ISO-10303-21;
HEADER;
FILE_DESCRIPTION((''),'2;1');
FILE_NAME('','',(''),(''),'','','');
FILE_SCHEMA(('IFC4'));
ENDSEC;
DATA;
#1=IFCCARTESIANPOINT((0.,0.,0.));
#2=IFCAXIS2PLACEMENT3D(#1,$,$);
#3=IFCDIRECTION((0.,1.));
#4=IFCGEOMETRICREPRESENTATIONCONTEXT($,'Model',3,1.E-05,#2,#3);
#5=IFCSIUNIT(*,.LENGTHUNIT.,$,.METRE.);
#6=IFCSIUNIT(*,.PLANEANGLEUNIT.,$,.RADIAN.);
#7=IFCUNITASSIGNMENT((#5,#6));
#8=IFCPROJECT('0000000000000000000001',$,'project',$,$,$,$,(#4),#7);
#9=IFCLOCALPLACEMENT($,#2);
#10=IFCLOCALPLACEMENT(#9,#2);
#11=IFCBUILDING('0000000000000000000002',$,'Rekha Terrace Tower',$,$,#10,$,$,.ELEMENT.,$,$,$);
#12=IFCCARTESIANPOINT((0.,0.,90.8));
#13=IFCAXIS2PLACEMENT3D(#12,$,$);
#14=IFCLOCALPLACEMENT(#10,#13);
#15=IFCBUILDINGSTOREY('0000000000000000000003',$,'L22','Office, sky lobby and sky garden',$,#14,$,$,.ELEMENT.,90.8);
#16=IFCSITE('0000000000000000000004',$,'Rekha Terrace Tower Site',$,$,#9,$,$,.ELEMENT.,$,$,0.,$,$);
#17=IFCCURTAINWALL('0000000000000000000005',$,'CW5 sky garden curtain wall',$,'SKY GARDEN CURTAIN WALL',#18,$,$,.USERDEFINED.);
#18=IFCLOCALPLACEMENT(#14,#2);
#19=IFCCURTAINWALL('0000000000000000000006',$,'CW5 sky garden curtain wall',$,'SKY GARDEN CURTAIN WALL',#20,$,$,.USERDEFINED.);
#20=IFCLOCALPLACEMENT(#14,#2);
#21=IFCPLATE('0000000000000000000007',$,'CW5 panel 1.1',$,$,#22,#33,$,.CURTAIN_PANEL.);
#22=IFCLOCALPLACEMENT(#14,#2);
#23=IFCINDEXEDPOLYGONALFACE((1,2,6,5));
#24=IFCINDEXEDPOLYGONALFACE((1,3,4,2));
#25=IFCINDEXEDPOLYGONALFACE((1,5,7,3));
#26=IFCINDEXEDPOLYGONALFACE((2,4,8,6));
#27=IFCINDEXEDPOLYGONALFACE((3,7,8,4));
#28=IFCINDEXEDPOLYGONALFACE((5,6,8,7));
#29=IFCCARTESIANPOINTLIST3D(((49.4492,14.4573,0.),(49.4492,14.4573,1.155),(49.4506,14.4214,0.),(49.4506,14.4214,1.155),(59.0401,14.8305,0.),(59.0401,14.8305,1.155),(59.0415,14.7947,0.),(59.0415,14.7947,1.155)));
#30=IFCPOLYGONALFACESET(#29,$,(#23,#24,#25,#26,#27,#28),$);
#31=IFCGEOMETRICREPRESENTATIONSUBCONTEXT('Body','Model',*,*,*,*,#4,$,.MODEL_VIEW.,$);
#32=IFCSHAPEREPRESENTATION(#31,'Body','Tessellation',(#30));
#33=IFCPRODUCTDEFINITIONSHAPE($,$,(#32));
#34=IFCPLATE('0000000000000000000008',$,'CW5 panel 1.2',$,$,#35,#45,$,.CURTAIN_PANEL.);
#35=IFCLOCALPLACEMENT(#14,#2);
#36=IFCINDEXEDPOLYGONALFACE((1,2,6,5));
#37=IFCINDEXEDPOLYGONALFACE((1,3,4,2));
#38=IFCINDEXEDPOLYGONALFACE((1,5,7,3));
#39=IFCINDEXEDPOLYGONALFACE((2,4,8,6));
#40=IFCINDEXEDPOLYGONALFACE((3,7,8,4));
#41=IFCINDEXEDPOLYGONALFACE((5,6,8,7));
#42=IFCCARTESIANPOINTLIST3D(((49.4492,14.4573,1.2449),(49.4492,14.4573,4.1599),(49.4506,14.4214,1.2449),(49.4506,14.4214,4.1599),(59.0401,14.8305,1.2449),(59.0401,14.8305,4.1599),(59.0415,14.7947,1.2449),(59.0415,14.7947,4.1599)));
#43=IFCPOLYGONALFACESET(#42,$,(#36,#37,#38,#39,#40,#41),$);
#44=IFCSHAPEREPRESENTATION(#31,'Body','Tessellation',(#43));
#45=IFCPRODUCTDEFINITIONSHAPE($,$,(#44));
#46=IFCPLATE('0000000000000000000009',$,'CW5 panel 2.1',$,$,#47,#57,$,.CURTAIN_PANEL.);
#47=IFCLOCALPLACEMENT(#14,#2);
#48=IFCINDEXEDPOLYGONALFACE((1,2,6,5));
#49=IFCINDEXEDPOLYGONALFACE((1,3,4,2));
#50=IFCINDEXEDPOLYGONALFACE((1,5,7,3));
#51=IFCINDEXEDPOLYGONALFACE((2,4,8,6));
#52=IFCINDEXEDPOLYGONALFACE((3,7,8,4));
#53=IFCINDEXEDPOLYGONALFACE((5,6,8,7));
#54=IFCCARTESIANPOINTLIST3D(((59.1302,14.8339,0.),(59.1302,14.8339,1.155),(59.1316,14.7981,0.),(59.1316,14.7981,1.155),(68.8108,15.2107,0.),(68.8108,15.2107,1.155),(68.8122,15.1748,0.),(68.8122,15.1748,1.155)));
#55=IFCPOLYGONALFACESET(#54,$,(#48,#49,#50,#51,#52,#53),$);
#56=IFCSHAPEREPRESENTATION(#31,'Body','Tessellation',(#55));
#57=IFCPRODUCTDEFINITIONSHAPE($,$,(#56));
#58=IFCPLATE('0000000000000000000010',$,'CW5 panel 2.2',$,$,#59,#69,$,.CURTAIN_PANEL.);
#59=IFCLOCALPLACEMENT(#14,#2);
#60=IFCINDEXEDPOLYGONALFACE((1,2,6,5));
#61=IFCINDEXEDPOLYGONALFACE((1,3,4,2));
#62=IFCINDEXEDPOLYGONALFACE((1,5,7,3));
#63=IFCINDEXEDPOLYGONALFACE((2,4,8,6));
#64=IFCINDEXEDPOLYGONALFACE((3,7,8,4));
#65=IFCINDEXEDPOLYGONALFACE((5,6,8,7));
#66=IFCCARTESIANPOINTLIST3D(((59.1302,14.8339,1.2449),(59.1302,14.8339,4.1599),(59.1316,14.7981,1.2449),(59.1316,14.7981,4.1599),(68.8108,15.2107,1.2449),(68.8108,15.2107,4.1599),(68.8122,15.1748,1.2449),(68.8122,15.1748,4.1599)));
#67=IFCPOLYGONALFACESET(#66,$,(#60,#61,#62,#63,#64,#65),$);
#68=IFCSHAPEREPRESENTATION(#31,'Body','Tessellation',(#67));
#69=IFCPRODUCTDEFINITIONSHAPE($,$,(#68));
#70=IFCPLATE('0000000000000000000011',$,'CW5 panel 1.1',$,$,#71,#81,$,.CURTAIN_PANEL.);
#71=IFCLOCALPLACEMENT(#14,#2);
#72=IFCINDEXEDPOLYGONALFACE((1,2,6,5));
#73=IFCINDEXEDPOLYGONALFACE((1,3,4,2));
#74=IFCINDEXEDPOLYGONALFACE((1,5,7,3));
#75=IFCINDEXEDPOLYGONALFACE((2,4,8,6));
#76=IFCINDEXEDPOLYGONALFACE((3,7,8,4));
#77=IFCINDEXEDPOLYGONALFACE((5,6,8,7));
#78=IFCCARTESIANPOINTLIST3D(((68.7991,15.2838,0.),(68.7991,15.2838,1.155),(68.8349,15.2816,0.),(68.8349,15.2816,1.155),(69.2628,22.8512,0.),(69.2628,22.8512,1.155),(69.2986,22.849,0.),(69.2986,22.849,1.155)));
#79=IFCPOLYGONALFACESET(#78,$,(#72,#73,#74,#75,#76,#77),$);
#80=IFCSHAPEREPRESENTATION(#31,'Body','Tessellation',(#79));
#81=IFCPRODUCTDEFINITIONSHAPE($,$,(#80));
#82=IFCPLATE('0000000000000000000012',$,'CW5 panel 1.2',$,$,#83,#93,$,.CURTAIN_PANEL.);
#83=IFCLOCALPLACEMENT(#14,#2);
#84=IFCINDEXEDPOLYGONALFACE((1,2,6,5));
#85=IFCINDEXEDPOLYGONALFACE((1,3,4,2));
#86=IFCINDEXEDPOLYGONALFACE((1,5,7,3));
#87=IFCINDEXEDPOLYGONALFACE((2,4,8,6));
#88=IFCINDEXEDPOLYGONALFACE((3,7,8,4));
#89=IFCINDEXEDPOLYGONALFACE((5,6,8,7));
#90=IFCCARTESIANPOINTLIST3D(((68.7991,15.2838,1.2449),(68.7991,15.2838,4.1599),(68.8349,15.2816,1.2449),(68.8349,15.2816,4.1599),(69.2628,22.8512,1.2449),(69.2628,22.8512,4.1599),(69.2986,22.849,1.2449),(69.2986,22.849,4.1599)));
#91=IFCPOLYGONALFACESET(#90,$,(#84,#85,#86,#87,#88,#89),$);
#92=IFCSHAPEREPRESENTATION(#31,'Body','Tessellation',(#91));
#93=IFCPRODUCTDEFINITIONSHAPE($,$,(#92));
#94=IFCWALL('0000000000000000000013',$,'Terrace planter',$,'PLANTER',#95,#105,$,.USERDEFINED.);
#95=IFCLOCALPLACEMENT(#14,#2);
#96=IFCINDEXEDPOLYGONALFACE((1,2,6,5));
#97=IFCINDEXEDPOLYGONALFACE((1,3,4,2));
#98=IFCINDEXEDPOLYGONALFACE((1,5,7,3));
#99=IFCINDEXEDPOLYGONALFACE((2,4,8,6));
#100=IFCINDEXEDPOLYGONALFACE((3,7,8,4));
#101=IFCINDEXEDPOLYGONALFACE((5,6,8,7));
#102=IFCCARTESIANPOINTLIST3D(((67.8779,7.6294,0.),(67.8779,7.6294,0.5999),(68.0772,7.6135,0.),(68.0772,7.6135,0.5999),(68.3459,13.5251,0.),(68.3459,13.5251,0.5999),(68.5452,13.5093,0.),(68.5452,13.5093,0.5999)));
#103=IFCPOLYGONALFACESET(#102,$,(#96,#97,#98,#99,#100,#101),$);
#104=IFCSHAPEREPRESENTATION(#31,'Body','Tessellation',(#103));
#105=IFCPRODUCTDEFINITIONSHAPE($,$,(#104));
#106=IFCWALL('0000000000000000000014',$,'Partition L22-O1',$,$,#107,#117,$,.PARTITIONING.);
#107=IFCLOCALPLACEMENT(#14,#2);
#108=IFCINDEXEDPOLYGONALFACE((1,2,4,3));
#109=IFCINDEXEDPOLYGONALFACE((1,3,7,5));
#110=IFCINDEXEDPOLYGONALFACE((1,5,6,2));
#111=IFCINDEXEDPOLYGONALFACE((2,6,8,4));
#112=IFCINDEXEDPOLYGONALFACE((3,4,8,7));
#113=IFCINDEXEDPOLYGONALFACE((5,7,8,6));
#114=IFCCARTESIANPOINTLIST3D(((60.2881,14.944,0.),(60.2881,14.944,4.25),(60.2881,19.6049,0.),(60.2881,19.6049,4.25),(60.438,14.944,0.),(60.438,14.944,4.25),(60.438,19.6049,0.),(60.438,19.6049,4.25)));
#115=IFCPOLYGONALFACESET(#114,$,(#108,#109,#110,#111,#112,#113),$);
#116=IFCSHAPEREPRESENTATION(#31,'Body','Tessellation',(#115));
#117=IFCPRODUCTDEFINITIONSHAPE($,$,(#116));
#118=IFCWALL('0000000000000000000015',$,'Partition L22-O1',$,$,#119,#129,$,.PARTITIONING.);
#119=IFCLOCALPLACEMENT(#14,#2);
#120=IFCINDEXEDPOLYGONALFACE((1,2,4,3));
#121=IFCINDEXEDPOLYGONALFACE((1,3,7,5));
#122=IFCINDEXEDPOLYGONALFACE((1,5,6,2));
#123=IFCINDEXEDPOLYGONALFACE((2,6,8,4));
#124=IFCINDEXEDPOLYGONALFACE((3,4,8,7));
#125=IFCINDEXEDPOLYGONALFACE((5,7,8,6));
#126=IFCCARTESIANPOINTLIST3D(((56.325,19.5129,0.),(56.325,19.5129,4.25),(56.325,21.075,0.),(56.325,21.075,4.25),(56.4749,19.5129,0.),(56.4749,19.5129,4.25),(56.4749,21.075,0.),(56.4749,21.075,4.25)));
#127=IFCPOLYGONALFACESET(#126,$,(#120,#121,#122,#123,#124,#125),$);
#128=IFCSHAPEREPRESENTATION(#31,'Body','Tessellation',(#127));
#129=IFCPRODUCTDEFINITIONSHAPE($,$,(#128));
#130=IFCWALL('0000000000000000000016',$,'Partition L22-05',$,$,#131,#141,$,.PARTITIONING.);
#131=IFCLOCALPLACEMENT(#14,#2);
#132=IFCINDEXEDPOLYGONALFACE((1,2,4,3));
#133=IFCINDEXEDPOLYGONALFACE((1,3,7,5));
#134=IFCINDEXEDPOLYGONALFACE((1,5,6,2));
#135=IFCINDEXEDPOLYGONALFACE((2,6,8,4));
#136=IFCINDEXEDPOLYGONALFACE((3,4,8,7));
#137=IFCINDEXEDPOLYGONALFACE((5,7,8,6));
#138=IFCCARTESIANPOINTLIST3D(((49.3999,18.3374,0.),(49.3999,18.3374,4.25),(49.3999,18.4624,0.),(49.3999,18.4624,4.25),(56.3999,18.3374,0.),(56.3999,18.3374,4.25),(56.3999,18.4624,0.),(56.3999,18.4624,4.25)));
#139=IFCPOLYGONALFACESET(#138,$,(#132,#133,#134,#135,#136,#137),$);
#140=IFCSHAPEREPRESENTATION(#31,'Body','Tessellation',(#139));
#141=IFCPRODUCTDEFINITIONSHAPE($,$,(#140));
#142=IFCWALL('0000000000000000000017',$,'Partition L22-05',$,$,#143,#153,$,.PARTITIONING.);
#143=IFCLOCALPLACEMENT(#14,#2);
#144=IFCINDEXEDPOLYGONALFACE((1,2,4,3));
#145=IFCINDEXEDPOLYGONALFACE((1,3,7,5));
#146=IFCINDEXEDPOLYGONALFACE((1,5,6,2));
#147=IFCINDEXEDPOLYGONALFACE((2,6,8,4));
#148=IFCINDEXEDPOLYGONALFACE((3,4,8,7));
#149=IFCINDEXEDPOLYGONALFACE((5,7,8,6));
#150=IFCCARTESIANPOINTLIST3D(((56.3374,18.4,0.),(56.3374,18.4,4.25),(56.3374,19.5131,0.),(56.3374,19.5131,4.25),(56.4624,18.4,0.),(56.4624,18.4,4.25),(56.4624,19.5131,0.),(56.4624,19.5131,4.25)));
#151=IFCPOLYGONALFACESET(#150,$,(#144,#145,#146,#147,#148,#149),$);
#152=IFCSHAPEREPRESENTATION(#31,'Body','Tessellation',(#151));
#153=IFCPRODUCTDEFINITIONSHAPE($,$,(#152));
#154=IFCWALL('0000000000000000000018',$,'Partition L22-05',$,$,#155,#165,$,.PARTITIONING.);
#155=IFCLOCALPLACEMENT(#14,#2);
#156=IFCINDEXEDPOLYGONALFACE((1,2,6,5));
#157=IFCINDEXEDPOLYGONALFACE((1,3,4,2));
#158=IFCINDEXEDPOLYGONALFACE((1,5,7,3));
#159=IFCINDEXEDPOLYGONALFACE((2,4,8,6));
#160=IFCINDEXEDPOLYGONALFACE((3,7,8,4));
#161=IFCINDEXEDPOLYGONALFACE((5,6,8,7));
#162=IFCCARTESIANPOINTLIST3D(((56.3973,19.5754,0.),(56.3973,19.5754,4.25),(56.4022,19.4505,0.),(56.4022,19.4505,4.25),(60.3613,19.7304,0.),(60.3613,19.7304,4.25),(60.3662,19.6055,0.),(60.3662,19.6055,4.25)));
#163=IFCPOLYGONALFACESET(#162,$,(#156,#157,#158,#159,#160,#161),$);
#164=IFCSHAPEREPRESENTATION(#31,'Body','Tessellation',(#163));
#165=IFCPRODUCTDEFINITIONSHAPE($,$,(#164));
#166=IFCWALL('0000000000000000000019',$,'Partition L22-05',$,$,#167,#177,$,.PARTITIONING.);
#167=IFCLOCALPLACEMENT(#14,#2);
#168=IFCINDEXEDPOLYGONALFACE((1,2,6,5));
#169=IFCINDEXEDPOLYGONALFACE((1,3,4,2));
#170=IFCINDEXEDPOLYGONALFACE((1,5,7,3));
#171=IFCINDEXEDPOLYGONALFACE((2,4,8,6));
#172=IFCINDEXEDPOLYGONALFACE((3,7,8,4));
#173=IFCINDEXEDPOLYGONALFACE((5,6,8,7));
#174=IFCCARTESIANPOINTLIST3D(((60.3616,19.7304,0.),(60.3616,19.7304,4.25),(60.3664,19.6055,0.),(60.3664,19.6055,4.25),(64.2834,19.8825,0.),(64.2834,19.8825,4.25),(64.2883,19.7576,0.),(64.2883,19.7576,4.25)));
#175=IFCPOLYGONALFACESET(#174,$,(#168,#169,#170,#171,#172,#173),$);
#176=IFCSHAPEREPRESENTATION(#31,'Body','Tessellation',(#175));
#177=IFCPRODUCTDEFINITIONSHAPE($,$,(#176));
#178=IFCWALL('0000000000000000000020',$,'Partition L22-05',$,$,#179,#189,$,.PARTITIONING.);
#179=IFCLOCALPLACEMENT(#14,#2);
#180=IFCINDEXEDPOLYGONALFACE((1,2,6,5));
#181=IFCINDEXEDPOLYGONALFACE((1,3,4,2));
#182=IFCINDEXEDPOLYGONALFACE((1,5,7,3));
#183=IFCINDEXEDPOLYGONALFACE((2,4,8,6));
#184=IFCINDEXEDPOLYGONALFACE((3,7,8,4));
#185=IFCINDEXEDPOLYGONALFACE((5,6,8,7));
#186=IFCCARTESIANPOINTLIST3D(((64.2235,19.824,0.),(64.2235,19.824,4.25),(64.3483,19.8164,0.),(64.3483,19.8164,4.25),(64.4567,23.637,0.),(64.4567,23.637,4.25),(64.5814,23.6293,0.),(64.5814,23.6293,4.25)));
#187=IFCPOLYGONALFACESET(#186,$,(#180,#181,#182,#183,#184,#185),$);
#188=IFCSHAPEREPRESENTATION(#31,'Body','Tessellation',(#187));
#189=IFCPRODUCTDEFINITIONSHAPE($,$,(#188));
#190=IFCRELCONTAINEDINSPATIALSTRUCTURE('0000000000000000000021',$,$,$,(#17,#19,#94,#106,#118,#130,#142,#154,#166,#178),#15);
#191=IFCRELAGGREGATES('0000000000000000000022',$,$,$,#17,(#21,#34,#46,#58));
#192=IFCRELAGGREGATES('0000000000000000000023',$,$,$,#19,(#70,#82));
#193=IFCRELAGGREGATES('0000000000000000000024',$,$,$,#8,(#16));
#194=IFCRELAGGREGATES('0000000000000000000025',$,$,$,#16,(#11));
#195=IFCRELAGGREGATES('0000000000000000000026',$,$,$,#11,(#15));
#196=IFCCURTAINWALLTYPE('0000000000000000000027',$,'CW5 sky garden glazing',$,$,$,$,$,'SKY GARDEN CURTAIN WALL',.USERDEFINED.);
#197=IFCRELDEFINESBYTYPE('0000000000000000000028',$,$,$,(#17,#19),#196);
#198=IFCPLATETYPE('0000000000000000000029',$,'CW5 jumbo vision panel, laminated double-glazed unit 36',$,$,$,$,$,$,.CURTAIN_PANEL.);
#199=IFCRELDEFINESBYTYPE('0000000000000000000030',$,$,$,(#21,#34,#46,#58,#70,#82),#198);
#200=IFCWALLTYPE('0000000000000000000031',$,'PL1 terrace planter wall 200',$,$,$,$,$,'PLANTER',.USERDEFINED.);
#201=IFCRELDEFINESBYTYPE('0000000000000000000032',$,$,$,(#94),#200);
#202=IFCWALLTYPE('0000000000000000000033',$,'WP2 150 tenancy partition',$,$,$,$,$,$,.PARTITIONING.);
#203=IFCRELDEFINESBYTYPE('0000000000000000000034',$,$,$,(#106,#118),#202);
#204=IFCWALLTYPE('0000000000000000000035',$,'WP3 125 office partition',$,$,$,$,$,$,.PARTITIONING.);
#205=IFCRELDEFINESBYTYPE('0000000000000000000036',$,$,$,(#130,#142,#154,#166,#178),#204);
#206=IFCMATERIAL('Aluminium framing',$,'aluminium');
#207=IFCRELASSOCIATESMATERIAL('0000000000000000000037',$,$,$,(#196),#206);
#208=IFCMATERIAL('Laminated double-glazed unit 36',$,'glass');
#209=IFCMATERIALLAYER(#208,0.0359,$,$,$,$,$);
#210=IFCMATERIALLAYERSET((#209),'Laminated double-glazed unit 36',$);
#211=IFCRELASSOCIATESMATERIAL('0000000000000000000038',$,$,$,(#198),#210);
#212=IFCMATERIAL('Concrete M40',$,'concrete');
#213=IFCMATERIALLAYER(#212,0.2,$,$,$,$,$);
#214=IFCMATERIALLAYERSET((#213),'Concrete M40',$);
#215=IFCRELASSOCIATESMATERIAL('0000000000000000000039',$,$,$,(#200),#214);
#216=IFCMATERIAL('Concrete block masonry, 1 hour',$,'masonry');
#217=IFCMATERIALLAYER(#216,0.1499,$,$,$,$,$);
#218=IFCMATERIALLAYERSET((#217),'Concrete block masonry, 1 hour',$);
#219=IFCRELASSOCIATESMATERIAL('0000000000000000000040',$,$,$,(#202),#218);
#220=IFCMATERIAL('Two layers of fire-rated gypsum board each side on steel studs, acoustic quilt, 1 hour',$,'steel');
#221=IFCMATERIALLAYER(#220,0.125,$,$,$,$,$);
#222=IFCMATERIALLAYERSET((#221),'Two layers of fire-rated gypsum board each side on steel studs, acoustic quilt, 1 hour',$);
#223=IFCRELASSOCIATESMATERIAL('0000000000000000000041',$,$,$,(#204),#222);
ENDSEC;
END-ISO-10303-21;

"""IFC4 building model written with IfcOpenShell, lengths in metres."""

from ifc_helpers import new_model, si_unit, direction, frame, frame_2d, origin, origin_2d, place, context, subcontext, project, spatial, rectangle, extrude, material, layer, layer_set, type_object, element, aggregate, save


model = new_model("IFC4")

# Units and contexts
model_context = context("Model", 3, precision=1e-05, world=origin(), true_north=direction((0.0, 1.0)))
body_context = subcontext(model_context, "Body", "Model", "MODEL_VIEW")
ifc_project = project(units=[si_unit("LENGTHUNIT", "METRE"), si_unit("PLANEANGLEUNIT", "RADIAN")], contexts=[model_context])

# Site, building, storey
site_placement = place(None, origin())
site = spatial("IfcSite", under=ifc_project, at=site_placement, Name="Rekha Terrace Tower Site", CompositionType="ELEMENT", RefElevation=0.0)
building_placement = place(site_placement, origin())
building = spatial("IfcBuilding", under=site, at=building_placement, Name="Rekha Terrace Tower", CompositionType="ELEMENT")
storey_placement = place(building_placement, frame((0.0, 0.0, 90.8)))
storey = spatial("IfcBuildingStorey", under=building, at=storey_placement, Name="L22", Description="Office, sky lobby and sky garden", CompositionType="ELEMENT", Elevation=90.8)

# Curtain wall
ifc_material_1 = material(Name="Aluminium framing", Category="aluminium")
curtain_wall_type = type_object("IfcCurtainWallType", Name="CW5 sky garden glazing", ElementType="SKY GARDEN CURTAIN WALL", PredefinedType="USERDEFINED", material=ifc_material_1)
curtain_wall_1_placement = place(storey_placement, origin())
curtain_wall_1 = element("IfcCurtainWall", 1, at=curtain_wall_1_placement, inside=storey, type_object=curtain_wall_type, Name="CW5 sky garden curtain wall", ObjectType="SKY GARDEN CURTAIN WALL", PredefinedType="USERDEFINED")

# Curtain wall
curtain_wall_2_placement = place(storey_placement, origin())
curtain_wall_2 = element("IfcCurtainWall", 2, at=curtain_wall_2_placement, inside=storey, type_object=curtain_wall_type, Name="CW5 sky garden curtain wall", ObjectType="SKY GARDEN CURTAIN WALL", PredefinedType="USERDEFINED")

# Plates
ifc_material_2 = material(Name="Laminated double-glazed unit 36", Category="glass")
ifc_layer_1 = layer(ifc_material_2, 0.0359)
ifc_layer_set_1 = layer_set([ifc_layer_1], Name="Laminated double-glazed unit 36")
plate_type = type_object("IfcPlateType", Name="CW5 jumbo vision panel, laminated double-glazed unit 36", PredefinedType="CURTAIN_PANEL", material=ifc_layer_set_1)
plate_1_placement = place(storey_placement, frame((54.2454, 14.626, 0.0), z_axis=(0.0, 0.0, 1.0), x_axis=(0.999243, 0.03889, 0.0)))
plate_1 = element("IfcPlate", 3, at=plate_1_placement, type_object=plate_type, Name="CW5 panel 1.1", PredefinedType="CURTAIN_PANEL", context=body_context, shape_type="SweptSolid", body=[
    extrude(rectangle(XDim=9.5981, YDim=0.0359, at=origin_2d()), origin(), (0.0, 0.0, 1.0), 1.155),
])
plate_2_placement = place(storey_placement, frame((54.2454, 14.626, 1.2449), z_axis=(0.0, 0.0, 1.0), x_axis=(0.999243, 0.03889, 0.0)))
plate_2 = element("IfcPlate", 4, at=plate_2_placement, type_object=plate_type, Name="CW5 panel 1.2", PredefinedType="CURTAIN_PANEL", context=body_context, shape_type="SweptSolid", body=[
    extrude(rectangle(XDim=9.5981, YDim=0.0359, at=origin_2d()), origin(), (0.0, 0.0, 1.0), 2.915),
])
plate_3_placement = place(storey_placement, frame((63.9712, 15.0044, 0.0), z_axis=(0.0, 0.0, 1.0), x_axis=(0.999243, 0.03889, 0.0)))
plate_3 = element("IfcPlate", 5, at=plate_3_placement, type_object=plate_type, Name="CW5 panel 2.1", PredefinedType="CURTAIN_PANEL", context=body_context, shape_type="SweptSolid", body=[
    extrude(rectangle(XDim=9.688, YDim=0.0359, at=origin_2d()), origin(), (0.0, 0.0, 1.0), 1.155),
])
plate_4_placement = place(storey_placement, frame((63.9712, 15.0044, 1.2449), z_axis=(0.0, 0.0, 1.0), x_axis=(0.999243, 0.03889, 0.0)))
plate_4 = element("IfcPlate", 6, at=plate_4_placement, type_object=plate_type, Name="CW5 panel 2.2", PredefinedType="CURTAIN_PANEL", context=body_context, shape_type="SweptSolid", body=[
    extrude(rectangle(XDim=9.688, YDim=0.0359, at=origin_2d()), origin(), (0.0, 0.0, 1.0), 2.915),
])
aggregate(curtain_wall_1, [plate_1, plate_2, plate_3, plate_4])
plate_5_placement = place(storey_placement, frame((69.0488, 19.0664, 0.0), z_axis=(0.0, 0.0, 1.0), x_axis=(0.06116, 0.998128, 0.0)))
plate_5 = element("IfcPlate", 7, at=plate_5_placement, type_object=plate_type, Name="CW5 panel 1.1", PredefinedType="CURTAIN_PANEL", context=body_context, shape_type="SweptSolid", body=[
    extrude(rectangle(XDim=7.5815, YDim=0.0359, at=origin_2d()), origin(), (0.0, 0.0, 1.0), 1.155),
])
plate_6_placement = place(storey_placement, frame((69.0488, 19.0664, 1.2449), z_axis=(0.0, 0.0, 1.0), x_axis=(0.06116, 0.998128, 0.0)))
plate_6 = element("IfcPlate", 8, at=plate_6_placement, type_object=plate_type, Name="CW5 panel 1.2", PredefinedType="CURTAIN_PANEL", context=body_context, shape_type="SweptSolid", body=[
    extrude(rectangle(XDim=7.5815, YDim=0.0359, at=origin_2d()), origin(), (0.0, 0.0, 1.0), 2.915),
])
aggregate(curtain_wall_2, [plate_5, plate_6])

# Walls
ifc_material_3 = material(Name="Concrete M40", Category="concrete")
ifc_layer_2 = layer(ifc_material_3, 0.2)
ifc_layer_set_2 = layer_set([ifc_layer_2], Name="Concrete M40")
wall_type_1 = type_object("IfcWallType", Name="PL1 terrace planter wall 200", ElementType="PLANTER", PredefinedType="USERDEFINED", material=ifc_layer_set_2)
wall_1_placement = place(storey_placement, frame((67.9775, 7.6216, 0.0), z_axis=(0.0, 0.0, 1.0), x_axis=(0.079133, 0.996864, 0.0)))
element("IfcWall", 9, at=wall_1_placement, inside=storey, type_object=wall_type_1, Name="Terrace planter", ObjectType="PLANTER", PredefinedType="USERDEFINED", context=body_context, shape_type="SweptSolid", body=[
    extrude(rectangle(XDim=5.9143, YDim=0.2, at=frame_2d((2.957, 0.0))), origin(), (0.0, 0.0, 1.0), 0.5999),
])
ifc_material_4 = material(Name="Concrete block masonry, 1 hour", Category="masonry")
ifc_layer_3 = layer(ifc_material_4, 0.1499)
ifc_layer_set_3 = layer_set([ifc_layer_3], Name="Concrete block masonry, 1 hour")
wall_type_2 = type_object("IfcWallType", Name="WP2 150 tenancy partition", PredefinedType="PARTITIONING", material=ifc_layer_set_3)
wall_2_placement = place(storey_placement, frame((60.363, 19.605, 0.0), z_axis=(0.0, 0.0, 1.0), x_axis=(0.0, -1.0, 0.0)))
element("IfcWall", 10, at=wall_2_placement, inside=storey, type_object=wall_type_2, Name="Partition L22-O1", PredefinedType="PARTITIONING", context=body_context, shape_type="SweptSolid", body=[
    extrude(rectangle(XDim=4.6609, YDim=0.1499, at=frame_2d((2.3306, 0.0))), origin(), (0.0, 0.0, 1.0), 4.25),
])
wall_3_placement = place(storey_placement, frame((56.3999, 19.5129, 0.0), z_axis=(0.0, 0.0, 1.0), x_axis=(0.0, 1.0, 0.0)))
element("IfcWall", 11, at=wall_3_placement, inside=storey, type_object=wall_type_2, Name="Partition L22-O1", PredefinedType="PARTITIONING", context=body_context, shape_type="SweptSolid", body=[
    extrude(rectangle(XDim=1.562, YDim=0.1499, at=frame_2d((0.781, 0.0))), origin(), (0.0, 0.0, 1.0), 4.25),
])
ifc_material_5 = material(Name="Two layers of fire-rated gypsum board each side on steel studs, acoustic quilt, 1 hour", Category="steel")
ifc_layer_4 = layer(ifc_material_5, 0.125)
ifc_layer_set_4 = layer_set([ifc_layer_4], Name="Two layers of fire-rated gypsum board each side on steel studs, acoustic quilt, 1 hour")
wall_type_3 = type_object("IfcWallType", Name="WP3 125 office partition", PredefinedType="PARTITIONING", material=ifc_layer_set_4)
wall_4_placement = place(storey_placement, frame((49.3999, 18.3999, 0.0), z_axis=(0.0, 0.0, 1.0), x_axis=(1.0, 0.0, 0.0)))
element("IfcWall", 12, at=wall_4_placement, inside=storey, type_object=wall_type_3, Name="Partition L22-05", PredefinedType="PARTITIONING", context=body_context, shape_type="SweptSolid", body=[
    extrude(rectangle(XDim=7.0, YDim=0.125, at=frame_2d((3.5, 0.0))), origin(), (0.0, 0.0, 1.0), 4.25),
])
wall_5_placement = place(storey_placement, frame((56.3999, 18.3999, 0.0), z_axis=(0.0, 0.0, 1.0), x_axis=(0.0, 1.0, 0.0)))
element("IfcWall", 13, at=wall_5_placement, inside=storey, type_object=wall_type_3, Name="Partition L22-05", PredefinedType="PARTITIONING", context=body_context, shape_type="SweptSolid", body=[
    extrude(rectangle(XDim=1.113, YDim=0.125, at=frame_2d((0.5566, 0.0))), origin(), (0.0, 0.0, 1.0), 4.25),
])
wall_6_placement = place(storey_placement, frame((56.3999, 19.5129, 0.0), z_axis=(0.0, 0.0, 1.0), x_axis=(0.999236, 0.039078, 0.0)))
element("IfcWall", 14, at=wall_6_placement, inside=storey, type_object=wall_type_3, Name="Partition L22-05", PredefinedType="PARTITIONING", context=body_context, shape_type="SweptSolid", body=[
    extrude(rectangle(XDim=3.967, YDim=0.125, at=frame_2d((1.9834, 0.0))), origin(), (0.0, 0.0, 1.0), 4.25),
])
wall_7_placement = place(storey_placement, frame((60.364, 19.668, 0.0), z_axis=(0.0, 0.0, 1.0), x_axis=(0.999249, 0.038753, 0.0)))
element("IfcWall", 15, at=wall_7_placement, inside=storey, type_object=wall_type_3, Name="Partition L22-05", PredefinedType="PARTITIONING", context=body_context, shape_type="SweptSolid", body=[
    extrude(rectangle(XDim=3.9248, YDim=0.125, at=frame_2d((1.9624, 0.0))), origin(), (0.0, 0.0, 1.0), 4.25),
])
wall_8_placement = place(storey_placement, frame((64.2859, 19.8201, 0.0), z_axis=(0.0, 0.0, 1.0), x_axis=(0.061033, 0.998136, 0.0)))
element("IfcWall", 16, at=wall_8_placement, inside=storey, type_object=wall_type_3, Name="Partition L22-05", PredefinedType="PARTITIONING", context=body_context, shape_type="SweptSolid", body=[
    extrude(rectangle(XDim=3.8201, YDim=0.125, at=frame_2d((1.9102, 0.0))), origin(), (0.0, 0.0, 1.0), 4.25),
])

save(model, "model.ifc")
